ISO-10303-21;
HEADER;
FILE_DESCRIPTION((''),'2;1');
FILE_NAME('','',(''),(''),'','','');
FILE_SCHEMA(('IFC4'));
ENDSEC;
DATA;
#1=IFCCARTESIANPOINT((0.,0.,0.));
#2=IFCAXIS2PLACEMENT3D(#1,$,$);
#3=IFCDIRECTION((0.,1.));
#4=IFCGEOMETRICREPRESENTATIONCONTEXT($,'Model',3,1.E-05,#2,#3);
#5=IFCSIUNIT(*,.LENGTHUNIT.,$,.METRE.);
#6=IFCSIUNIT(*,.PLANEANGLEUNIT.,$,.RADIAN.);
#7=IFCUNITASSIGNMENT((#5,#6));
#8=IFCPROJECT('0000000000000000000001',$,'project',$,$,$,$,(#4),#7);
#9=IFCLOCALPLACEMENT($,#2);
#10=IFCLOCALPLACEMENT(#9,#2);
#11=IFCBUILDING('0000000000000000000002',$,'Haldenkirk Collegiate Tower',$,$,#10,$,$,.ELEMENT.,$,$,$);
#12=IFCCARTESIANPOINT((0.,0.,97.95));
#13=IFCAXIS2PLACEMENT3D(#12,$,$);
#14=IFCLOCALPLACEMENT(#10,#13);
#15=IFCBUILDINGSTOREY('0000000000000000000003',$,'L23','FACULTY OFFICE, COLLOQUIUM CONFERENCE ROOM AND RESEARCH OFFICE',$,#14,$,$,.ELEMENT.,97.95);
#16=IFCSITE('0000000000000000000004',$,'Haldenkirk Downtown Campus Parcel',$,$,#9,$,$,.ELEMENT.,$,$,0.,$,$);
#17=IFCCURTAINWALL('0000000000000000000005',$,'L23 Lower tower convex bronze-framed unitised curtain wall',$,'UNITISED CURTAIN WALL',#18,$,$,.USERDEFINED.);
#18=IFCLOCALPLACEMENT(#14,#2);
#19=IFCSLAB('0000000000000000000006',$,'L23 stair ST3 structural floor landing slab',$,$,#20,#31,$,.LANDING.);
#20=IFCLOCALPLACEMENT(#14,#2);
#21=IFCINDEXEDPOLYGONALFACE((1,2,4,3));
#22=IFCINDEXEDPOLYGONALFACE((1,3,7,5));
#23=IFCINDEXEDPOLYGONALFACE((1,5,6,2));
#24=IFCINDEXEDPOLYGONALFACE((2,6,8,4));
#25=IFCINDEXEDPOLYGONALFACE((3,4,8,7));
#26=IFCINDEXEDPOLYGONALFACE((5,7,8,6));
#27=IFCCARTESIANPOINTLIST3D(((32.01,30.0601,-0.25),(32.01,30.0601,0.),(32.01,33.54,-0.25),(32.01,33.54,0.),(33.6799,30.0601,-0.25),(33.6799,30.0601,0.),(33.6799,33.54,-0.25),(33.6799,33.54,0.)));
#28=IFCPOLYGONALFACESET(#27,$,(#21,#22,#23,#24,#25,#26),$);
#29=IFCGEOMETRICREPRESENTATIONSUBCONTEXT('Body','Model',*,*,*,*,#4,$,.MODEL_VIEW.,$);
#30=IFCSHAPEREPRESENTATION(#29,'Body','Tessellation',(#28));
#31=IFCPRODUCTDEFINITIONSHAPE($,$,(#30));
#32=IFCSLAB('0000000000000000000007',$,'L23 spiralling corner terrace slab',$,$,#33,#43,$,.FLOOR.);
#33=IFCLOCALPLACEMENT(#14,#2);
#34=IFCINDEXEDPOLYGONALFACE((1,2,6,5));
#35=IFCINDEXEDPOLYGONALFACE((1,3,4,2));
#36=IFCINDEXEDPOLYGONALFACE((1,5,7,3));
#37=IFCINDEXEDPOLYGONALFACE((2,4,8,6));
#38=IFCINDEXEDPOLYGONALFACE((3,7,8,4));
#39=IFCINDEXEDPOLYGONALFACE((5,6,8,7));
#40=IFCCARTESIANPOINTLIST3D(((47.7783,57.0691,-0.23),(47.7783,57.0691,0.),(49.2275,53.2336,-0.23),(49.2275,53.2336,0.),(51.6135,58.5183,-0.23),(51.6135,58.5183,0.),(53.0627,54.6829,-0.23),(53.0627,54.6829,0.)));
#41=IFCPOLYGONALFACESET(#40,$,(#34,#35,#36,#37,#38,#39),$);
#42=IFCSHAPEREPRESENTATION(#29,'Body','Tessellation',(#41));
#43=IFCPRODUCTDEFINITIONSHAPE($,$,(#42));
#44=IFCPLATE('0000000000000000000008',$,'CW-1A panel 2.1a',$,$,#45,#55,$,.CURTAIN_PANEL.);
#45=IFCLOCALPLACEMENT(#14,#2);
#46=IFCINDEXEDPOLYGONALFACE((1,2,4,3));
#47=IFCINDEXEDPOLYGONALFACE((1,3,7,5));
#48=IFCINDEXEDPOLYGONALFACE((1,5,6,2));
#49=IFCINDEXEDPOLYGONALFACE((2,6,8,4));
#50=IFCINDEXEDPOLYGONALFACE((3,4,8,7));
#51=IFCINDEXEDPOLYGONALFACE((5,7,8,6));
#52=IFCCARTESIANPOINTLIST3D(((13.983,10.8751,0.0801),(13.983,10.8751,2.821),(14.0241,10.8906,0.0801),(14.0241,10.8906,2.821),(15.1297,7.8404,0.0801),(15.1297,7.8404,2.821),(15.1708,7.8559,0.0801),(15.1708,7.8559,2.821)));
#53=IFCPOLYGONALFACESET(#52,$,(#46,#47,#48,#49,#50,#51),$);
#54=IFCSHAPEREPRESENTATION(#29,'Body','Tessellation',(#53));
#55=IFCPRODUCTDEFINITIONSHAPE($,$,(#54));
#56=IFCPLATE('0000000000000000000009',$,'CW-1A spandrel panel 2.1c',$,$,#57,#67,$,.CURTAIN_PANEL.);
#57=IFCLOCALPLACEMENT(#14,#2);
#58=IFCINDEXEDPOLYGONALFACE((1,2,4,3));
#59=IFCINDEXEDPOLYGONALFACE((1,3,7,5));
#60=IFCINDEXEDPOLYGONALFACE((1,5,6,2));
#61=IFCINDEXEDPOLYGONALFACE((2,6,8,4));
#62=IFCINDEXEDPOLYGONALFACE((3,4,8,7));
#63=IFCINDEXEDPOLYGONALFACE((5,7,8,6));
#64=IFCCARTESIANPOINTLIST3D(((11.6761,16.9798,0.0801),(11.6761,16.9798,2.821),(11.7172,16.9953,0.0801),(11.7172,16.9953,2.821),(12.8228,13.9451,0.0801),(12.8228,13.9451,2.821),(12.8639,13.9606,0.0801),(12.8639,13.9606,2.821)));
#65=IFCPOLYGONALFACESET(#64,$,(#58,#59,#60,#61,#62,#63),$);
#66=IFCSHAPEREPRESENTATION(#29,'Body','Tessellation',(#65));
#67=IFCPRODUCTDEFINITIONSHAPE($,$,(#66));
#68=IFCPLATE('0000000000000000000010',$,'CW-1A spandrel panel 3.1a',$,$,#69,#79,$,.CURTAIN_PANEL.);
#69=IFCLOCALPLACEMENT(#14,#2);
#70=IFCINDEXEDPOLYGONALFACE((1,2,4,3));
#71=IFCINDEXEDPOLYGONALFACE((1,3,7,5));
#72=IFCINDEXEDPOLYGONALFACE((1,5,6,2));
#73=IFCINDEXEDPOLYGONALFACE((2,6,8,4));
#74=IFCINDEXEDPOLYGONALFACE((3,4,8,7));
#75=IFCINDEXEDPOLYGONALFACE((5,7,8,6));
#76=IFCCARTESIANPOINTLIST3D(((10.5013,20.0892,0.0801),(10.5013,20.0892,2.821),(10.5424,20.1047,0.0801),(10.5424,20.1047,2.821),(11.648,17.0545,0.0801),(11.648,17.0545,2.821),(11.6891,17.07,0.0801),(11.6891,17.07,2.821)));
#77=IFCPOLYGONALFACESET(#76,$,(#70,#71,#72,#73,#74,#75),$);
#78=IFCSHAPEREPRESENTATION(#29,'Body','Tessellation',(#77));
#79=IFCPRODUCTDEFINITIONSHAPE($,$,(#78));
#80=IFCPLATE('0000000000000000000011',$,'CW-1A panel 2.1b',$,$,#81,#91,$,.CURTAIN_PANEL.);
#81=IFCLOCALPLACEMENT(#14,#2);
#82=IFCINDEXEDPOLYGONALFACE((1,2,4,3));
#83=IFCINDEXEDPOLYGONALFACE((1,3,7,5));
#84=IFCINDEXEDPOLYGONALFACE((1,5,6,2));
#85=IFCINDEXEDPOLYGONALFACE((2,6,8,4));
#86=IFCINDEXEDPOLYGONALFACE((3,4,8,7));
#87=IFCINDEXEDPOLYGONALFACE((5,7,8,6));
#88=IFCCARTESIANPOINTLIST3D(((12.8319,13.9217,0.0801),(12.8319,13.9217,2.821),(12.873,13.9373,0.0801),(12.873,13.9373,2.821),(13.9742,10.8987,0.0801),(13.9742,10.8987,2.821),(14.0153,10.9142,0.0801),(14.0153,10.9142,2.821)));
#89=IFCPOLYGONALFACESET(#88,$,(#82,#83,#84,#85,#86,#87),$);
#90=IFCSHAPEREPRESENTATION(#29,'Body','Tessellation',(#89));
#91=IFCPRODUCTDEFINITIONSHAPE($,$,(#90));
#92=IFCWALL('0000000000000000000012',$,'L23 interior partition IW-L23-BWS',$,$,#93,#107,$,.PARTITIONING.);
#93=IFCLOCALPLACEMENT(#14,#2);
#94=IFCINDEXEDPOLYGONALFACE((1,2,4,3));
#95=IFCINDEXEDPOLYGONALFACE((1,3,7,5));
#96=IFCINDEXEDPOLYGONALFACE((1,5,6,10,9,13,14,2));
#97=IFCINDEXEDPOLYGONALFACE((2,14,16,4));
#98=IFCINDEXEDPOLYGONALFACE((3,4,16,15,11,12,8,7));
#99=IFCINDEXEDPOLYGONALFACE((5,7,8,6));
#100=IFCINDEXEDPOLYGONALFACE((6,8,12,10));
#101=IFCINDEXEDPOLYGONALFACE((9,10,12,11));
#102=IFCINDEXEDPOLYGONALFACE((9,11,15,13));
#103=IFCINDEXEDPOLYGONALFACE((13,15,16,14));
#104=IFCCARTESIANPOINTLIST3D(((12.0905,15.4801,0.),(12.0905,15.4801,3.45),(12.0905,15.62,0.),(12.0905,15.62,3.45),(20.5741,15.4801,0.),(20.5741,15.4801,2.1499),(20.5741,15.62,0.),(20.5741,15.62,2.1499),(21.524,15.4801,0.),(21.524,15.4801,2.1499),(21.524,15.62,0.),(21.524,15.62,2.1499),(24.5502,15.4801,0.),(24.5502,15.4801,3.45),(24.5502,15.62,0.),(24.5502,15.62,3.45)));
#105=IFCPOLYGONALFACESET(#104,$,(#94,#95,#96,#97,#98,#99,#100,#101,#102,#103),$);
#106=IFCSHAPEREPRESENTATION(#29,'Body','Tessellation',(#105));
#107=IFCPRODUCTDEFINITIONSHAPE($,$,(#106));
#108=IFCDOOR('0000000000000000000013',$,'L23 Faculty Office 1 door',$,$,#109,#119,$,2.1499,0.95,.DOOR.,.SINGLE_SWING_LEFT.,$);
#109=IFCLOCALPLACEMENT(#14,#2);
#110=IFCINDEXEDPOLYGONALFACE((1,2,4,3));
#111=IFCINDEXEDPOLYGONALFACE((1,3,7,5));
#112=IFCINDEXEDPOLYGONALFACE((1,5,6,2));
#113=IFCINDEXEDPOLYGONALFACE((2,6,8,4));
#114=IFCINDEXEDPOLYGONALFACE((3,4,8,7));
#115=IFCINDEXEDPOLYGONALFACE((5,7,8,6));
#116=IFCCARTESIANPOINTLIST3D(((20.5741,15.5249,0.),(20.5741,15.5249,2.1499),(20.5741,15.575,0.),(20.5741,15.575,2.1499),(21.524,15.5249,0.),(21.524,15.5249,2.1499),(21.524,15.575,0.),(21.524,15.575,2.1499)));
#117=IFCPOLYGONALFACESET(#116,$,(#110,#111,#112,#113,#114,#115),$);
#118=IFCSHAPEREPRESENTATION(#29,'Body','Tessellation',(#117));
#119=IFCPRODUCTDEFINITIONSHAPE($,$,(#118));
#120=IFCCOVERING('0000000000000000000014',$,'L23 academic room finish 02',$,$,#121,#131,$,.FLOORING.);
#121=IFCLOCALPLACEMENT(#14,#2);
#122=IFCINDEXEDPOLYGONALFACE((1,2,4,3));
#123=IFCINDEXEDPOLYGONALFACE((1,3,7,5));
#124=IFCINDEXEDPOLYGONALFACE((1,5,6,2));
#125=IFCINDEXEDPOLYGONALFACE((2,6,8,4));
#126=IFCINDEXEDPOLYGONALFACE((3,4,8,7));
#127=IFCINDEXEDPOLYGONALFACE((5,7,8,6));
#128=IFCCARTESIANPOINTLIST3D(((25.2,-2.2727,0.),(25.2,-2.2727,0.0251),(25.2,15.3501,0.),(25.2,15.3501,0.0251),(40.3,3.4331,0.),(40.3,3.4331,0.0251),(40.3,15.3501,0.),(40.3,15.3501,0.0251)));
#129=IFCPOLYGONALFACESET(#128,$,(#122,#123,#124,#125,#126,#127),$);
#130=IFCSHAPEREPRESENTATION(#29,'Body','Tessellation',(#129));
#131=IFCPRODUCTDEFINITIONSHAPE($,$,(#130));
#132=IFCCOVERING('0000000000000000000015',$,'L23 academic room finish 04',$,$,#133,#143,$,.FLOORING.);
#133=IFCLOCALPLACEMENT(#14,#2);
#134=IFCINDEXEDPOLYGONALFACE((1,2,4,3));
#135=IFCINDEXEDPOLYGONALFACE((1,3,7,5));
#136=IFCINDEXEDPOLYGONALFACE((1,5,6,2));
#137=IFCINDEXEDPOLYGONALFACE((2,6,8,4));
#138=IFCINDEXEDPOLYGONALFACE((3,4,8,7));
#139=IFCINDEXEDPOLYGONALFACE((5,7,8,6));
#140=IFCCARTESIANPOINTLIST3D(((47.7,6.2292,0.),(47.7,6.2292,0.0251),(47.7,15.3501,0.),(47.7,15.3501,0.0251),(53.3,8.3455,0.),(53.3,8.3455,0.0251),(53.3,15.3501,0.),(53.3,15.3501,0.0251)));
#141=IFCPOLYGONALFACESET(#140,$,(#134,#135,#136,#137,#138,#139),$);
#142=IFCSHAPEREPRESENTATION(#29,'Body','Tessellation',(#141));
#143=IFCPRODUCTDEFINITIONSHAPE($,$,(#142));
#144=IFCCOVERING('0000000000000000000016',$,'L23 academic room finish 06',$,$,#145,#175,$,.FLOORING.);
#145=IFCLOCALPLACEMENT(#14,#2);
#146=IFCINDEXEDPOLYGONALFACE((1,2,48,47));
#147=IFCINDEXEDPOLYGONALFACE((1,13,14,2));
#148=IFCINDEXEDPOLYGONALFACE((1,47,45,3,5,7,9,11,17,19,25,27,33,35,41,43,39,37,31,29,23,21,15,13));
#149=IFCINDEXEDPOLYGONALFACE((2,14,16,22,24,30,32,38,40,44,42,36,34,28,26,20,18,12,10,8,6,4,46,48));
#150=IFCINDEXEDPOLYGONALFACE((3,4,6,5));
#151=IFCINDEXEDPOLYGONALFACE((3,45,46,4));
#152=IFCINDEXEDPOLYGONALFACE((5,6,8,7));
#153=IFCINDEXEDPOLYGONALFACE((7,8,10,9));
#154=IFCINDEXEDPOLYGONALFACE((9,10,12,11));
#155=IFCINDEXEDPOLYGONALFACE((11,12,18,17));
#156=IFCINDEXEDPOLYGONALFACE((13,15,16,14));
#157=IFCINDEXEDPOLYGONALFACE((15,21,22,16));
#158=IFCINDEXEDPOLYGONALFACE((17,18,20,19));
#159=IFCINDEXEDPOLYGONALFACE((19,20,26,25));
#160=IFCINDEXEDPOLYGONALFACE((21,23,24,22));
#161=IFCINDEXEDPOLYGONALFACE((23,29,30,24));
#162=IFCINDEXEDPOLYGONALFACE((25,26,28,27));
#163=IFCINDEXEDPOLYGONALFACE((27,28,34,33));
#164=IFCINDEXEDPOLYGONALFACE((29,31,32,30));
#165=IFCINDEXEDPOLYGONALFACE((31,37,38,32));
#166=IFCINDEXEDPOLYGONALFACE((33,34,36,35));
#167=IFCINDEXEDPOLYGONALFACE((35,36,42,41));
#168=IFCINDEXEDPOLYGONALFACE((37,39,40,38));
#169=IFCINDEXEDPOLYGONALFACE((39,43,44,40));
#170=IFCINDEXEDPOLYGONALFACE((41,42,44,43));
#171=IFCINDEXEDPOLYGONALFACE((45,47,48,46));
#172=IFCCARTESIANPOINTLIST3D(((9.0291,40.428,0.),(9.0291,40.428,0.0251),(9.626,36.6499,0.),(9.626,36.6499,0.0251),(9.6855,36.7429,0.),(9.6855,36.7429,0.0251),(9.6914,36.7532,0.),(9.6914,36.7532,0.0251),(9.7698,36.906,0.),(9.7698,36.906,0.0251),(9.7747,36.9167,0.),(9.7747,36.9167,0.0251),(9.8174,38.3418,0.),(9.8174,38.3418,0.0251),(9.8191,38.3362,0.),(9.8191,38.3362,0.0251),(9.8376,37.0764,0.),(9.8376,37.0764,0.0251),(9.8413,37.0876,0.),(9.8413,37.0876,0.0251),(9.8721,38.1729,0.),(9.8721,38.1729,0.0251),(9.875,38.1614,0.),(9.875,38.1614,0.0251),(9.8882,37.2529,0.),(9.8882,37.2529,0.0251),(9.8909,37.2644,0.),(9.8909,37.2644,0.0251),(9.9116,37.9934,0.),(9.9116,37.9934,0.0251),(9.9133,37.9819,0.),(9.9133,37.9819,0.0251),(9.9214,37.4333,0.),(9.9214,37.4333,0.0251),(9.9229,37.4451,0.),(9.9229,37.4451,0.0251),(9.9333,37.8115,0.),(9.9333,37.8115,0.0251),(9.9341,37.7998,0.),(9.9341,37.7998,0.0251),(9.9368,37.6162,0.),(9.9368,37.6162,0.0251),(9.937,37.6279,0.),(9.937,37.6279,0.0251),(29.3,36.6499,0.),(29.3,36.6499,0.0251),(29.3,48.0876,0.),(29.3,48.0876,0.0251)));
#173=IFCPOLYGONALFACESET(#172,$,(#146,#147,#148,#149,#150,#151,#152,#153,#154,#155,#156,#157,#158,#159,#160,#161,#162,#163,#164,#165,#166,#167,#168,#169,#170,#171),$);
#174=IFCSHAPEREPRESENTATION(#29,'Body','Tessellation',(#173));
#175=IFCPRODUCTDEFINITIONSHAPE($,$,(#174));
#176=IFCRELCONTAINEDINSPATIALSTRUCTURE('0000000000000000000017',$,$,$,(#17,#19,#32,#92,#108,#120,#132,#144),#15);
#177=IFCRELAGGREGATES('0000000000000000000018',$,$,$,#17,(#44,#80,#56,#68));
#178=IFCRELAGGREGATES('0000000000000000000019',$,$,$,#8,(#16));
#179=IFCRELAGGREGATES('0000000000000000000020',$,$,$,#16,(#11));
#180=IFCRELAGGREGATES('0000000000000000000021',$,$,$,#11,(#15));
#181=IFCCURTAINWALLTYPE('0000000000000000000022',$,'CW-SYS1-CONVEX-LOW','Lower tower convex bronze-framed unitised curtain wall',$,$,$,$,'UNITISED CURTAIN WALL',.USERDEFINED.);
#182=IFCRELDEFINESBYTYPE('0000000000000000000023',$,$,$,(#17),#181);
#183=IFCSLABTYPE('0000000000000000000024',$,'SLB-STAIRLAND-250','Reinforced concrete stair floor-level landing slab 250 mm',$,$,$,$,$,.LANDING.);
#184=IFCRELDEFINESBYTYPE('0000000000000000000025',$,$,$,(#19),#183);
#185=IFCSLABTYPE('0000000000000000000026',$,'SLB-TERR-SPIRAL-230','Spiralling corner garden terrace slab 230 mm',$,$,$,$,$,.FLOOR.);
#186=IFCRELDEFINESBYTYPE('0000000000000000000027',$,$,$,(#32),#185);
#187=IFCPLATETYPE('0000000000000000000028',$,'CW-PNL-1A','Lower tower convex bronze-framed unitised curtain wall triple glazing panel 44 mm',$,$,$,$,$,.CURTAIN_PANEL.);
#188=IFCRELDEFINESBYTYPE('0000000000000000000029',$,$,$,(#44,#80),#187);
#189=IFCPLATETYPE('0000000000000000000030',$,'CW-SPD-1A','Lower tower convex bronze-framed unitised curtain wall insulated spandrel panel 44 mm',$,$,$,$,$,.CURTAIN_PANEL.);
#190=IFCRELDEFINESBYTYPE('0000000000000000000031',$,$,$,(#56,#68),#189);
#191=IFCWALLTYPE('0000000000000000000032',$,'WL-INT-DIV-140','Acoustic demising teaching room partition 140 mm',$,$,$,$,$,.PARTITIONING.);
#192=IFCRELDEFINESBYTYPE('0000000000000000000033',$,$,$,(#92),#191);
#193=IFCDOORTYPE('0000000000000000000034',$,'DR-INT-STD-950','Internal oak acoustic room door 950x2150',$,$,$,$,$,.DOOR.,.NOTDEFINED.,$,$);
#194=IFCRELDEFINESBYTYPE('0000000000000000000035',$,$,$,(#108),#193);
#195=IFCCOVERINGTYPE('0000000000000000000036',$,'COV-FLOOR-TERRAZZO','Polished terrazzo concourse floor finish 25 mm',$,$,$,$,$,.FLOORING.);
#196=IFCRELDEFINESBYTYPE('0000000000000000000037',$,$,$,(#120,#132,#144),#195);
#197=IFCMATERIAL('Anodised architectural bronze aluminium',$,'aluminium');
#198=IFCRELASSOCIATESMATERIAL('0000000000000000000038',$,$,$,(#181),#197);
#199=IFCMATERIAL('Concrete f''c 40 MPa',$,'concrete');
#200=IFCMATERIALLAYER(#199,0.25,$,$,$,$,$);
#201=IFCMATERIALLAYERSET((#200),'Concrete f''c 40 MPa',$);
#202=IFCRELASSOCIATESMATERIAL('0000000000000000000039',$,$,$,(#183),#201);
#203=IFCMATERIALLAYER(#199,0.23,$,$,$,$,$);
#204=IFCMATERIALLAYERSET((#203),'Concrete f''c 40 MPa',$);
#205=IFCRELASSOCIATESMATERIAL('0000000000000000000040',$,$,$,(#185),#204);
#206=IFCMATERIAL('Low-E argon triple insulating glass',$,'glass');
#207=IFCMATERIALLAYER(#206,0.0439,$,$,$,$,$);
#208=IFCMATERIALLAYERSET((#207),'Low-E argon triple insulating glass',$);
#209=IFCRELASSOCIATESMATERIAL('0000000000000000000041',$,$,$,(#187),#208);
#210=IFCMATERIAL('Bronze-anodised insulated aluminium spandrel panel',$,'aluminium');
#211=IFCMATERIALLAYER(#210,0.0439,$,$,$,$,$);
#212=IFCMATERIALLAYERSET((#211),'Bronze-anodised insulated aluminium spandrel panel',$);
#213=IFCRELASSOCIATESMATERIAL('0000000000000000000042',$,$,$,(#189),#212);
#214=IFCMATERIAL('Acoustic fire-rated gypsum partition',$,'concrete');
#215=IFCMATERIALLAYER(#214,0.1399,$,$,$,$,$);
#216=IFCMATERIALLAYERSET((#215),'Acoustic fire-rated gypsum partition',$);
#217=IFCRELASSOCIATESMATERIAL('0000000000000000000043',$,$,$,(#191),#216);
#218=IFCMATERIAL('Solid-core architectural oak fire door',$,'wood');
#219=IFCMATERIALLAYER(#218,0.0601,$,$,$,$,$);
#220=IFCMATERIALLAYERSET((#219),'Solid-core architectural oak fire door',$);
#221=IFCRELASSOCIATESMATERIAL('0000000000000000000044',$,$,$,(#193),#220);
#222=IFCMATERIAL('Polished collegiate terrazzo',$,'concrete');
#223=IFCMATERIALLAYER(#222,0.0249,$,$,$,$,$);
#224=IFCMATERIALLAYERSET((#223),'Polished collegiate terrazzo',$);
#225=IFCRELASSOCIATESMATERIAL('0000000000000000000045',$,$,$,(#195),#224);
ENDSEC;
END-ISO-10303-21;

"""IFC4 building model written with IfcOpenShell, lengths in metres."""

from ifc_helpers import new_model, si_unit, direction, frame, frame_2d, origin, origin_2d, place, context, subcontext, project, spatial, polyline, rectangle, outline, extrude, source, transform, mapped, material, layer, layer_set, type_object, element, fill, aggregate, save


model = new_model("IFC4")

# Units and contexts
model_context = context("Model", 3, precision=1e-05, world=origin(), true_north=direction((0.0, 1.0)))
body_context = subcontext(model_context, "Body", "Model", "MODEL_VIEW")
ifc_project = project(units=[si_unit("LENGTHUNIT", "METRE"), si_unit("PLANEANGLEUNIT", "RADIAN")], contexts=[model_context])

# Site, building, storey
site_placement = place(None, origin())
site = spatial("IfcSite", under=ifc_project, at=site_placement, Name="Haldenkirk Downtown Campus Parcel", CompositionType="ELEMENT", RefElevation=0.0)
building_placement = place(site_placement, origin())
building = spatial("IfcBuilding", under=site, at=building_placement, Name="Haldenkirk Collegiate Tower", CompositionType="ELEMENT")
storey_placement = place(building_placement, frame((0.0, 0.0, 97.95)))
storey = spatial("IfcBuildingStorey", under=building, at=storey_placement, Name="L23", Description="FACULTY OFFICE, COLLOQUIUM CONFERENCE ROOM AND RESEARCH OFFICE", CompositionType="ELEMENT", Elevation=97.95)

# Curtain wall
ifc_material_1 = material(Name="Anodised architectural bronze aluminium", Category="aluminium")
curtain_wall_type = type_object("IfcCurtainWallType", Name="CW-SYS1-CONVEX-LOW", Description="Lower tower convex bronze-framed unitised curtain wall", ElementType="UNITISED CURTAIN WALL", PredefinedType="USERDEFINED", material=ifc_material_1)
curtain_wall_placement = place(storey_placement, origin())
curtain_wall = element("IfcCurtainWall", 1, at=curtain_wall_placement, inside=storey, type_object=curtain_wall_type, Name="L23 Lower tower convex bronze-framed unitised curtain wall", ObjectType="UNITISED CURTAIN WALL", PredefinedType="USERDEFINED")

# Shared definitions
ifc_material_2 = material(Name="Concrete f'c 40 MPa", Category="concrete")

# Slabs
ifc_layer_1 = layer(ifc_material_2, 0.25)
ifc_layer_set_1 = layer_set([ifc_layer_1], Name="Concrete f'c 40 MPa")
slab_type_1 = type_object("IfcSlabType", Name="SLB-STAIRLAND-250", Description="Reinforced concrete stair floor-level landing slab 250 mm", PredefinedType="LANDING", material=ifc_layer_set_1)
slab_1_placement = place(storey_placement, frame((0.0, 0.0, -0.25)))
element("IfcSlab", 2, at=slab_1_placement, inside=storey, type_object=slab_type_1, Name="L23 stair ST3 structural floor landing slab", PredefinedType="LANDING", context=body_context, shape_type="SweptSolid", body=[
    extrude(outline(polyline([(32.01, 30.0601), (33.6799, 30.0601), (33.6799, 33.54), (32.01, 33.54), (32.01, 30.0601)])), origin(), (0.0, 0.0, 1.0), 0.25),
])
ifc_layer_2 = layer(ifc_material_2, 0.23)
ifc_layer_set_2 = layer_set([ifc_layer_2], Name="Concrete f'c 40 MPa")
slab_type_2 = type_object("IfcSlabType", Name="SLB-TERR-SPIRAL-230", Description="Spiralling corner garden terrace slab 230 mm", PredefinedType="FLOOR", material=ifc_layer_set_2)
slab_2_placement = place(storey_placement, frame((0.0, 0.0, -0.23)))
element("IfcSlab", 3, at=slab_2_placement, inside=storey, type_object=slab_type_2, Name="L23 spiralling corner terrace slab", PredefinedType="FLOOR", context=body_context, shape_type="SweptSolid", body=[
    extrude(outline(polyline([(49.2275, 53.2336), (53.0627, 54.6829), (51.6135, 58.5183), (47.7783, 57.0691), (49.2275, 53.2336)])), origin(), (0.0, 0.0, 1.0), 0.23),
])

# Plates
ifc_material_3 = material(Name="Low-E argon triple insulating glass", Category="glass")
ifc_layer_3 = layer(ifc_material_3, 0.0439)
ifc_layer_set_3 = layer_set([ifc_layer_3], Name="Low-E argon triple insulating glass")
plate_type_1 = type_object("IfcPlateType", Name="CW-PNL-1A", Description="Lower tower convex bronze-framed unitised curtain wall triple glazing panel 44 mm", PredefinedType="CURTAIN_PANEL", material=ifc_layer_set_3)
shared_shape_1 = source(origin(), body_context, "Body", "SweptSolid", [
    extrude(rectangle(XDim=3.2441, YDim=0.0439, at=origin_2d()), origin(), (0.0, 0.0, 1.0), 2.741),
])
plate_1_placement = place(storey_placement, frame((14.5769, 9.3655, 0.0801), z_axis=(0.0, 0.0, 1.0), x_axis=(-0.353477, 0.935443, 0.0)))
plate_1 = element("IfcPlate", 4, at=plate_1_placement, type_object=plate_type_1, Name="CW-1A panel 2.1a", PredefinedType="CURTAIN_PANEL", context=body_context, shape_type="MappedRepresentation", body=[
    mapped(shared_shape_1, transform((0.0, 0.0, 0.0), x_axis=(1.0, 0.0, 0.0), y_axis=(0.0, 1.0, 0.0), z_axis=(0.0, 0.0, 1.0), scale=1.0)),
])
ifc_material_4 = material(Name="Bronze-anodised insulated aluminium spandrel panel", Category="aluminium")
ifc_layer_4 = layer(ifc_material_4, 0.0439)
ifc_layer_set_4 = layer_set([ifc_layer_4], Name="Bronze-anodised insulated aluminium spandrel panel")
plate_type_2 = type_object("IfcPlateType", Name="CW-SPD-1A", Description="Lower tower convex bronze-framed unitised curtain wall insulated spandrel panel 44 mm", PredefinedType="CURTAIN_PANEL", material=ifc_layer_set_4)
plate_2_placement = place(storey_placement, frame((12.27, 15.4702, 0.0801), z_axis=(0.0, 0.0, 1.0), x_axis=(-0.353477, 0.935443, 0.0)))
plate_2 = element("IfcPlate", 5, at=plate_2_placement, type_object=plate_type_2, Name="CW-1A spandrel panel 2.1c", PredefinedType="CURTAIN_PANEL", context=body_context, shape_type="MappedRepresentation", body=[
    mapped(shared_shape_1, transform((0.0, 0.0, 0.0), x_axis=(1.0, 0.0, 0.0), y_axis=(0.0, 1.0, 0.0), z_axis=(0.0, 0.0, 1.0), scale=1.0)),
])
plate_3_placement = place(storey_placement, frame((11.0952, 18.5796, 0.0801), z_axis=(0.0, 0.0, 1.0), x_axis=(-0.353477, 0.935443, 0.0)))
plate_3 = element("IfcPlate", 6, at=plate_3_placement, type_object=plate_type_2, Name="CW-1A spandrel panel 3.1a", PredefinedType="CURTAIN_PANEL", context=body_context, shape_type="MappedRepresentation", body=[
    mapped(shared_shape_1, transform((0.0, 0.0, 0.0), x_axis=(1.0, 0.0, 0.0), y_axis=(0.0, 1.0, 0.0), z_axis=(0.0, 0.0, 1.0), scale=1.0)),
])
shared_shape_2 = source(origin(), body_context, "Body", "SweptSolid", [
    extrude(rectangle(XDim=3.2317, YDim=0.0439, at=origin_2d()), origin(), (0.0, 0.0, 1.0), 2.741),
])
plate_4_placement = place(storey_placement, frame((13.4236, 12.418, 0.0801), z_axis=(0.0, 0.0, 1.0), x_axis=(-0.353477, 0.935443, 0.0)))
plate_4 = element("IfcPlate", 7, at=plate_4_placement, type_object=plate_type_1, Name="CW-1A panel 2.1b", PredefinedType="CURTAIN_PANEL", context=body_context, shape_type="MappedRepresentation", body=[
    mapped(shared_shape_2, transform((0.0, 0.0, 0.0), x_axis=(1.0, 0.0, 0.0), y_axis=(0.0, 1.0, 0.0), z_axis=(0.0, 0.0, 1.0), scale=1.0)),
])
aggregate(curtain_wall, [plate_1, plate_4, plate_2, plate_3])

# Wall, opening, door
ifc_material_5 = material(Name="Acoustic fire-rated gypsum partition", Category="concrete")
ifc_layer_5 = layer(ifc_material_5, 0.1399)
ifc_layer_set_5 = layer_set([ifc_layer_5], Name="Acoustic fire-rated gypsum partition")
wall_type = type_object("IfcWallType", Name="WL-INT-DIV-140", Description="Acoustic demising teaching room partition 140 mm", PredefinedType="PARTITIONING", material=ifc_layer_set_5)
wall_placement = place(storey_placement, frame((12.0903, 15.55, 0.0), z_axis=(0.0, 0.0, 1.0), x_axis=(1.0, 0.0, 0.0)))
wall = element("IfcWall", 8, at=wall_placement, inside=storey, type_object=wall_type, Name="L23 interior partition IW-L23-BWS", PredefinedType="PARTITIONING", context=body_context, shape_type="SweptSolid", body=[
    extrude(rectangle(XDim=12.4597, YDim=0.1399, at=frame_2d((6.23, 0.0))), origin(), (0.0, 0.0, 1.0), 3.45),
])
opening_placement = place(wall_placement, frame((8.4836, 0.0, 0.0)))
opening = element("IfcOpeningElement", 9, at=opening_placement, cuts=wall, PredefinedType="OPENING", context=body_context, shape_type="SweptSolid", body=[
    extrude(rectangle(XDim=0.95, YDim=2.1499, at=frame_2d((0.4751, 1.075))), frame((0.0, 0.0798, 0.0), z_axis=(0.0, -1.0, 0.0), x_axis=(1.0, 0.0, 0.0)), (0.0, 0.0, 1.0), 0.1599),
])
ifc_material_6 = material(Name="Solid-core architectural oak fire door", Category="wood")
ifc_layer_6 = layer(ifc_material_6, 0.0601)
ifc_layer_set_6 = layer_set([ifc_layer_6], Name="Solid-core architectural oak fire door")
door_type = type_object("IfcDoorType", Name="DR-INT-STD-950", Description="Internal oak acoustic room door 950x2150", OperationType="NOTDEFINED", PredefinedType="DOOR", material=ifc_layer_set_6)
door_placement = place(opening_placement, origin())
door = element("IfcDoor", 10, at=door_placement, inside=storey, type_object=door_type, Name="L23 Faculty Office 1 door", OperationType="SINGLE_SWING_LEFT", OverallHeight=2.1499, OverallWidth=0.95, PredefinedType="DOOR", context=body_context, shape_type="SweptSolid", body=[
    extrude(rectangle(XDim=0.95, YDim=2.1499, at=frame_2d((0.4751, 1.075))), frame((0.0, 0.0249, 0.0), z_axis=(0.0, -1.0, 0.0), x_axis=(1.0, 0.0, 0.0)), (0.0, 0.0, 1.0), 0.05),
])
fill(opening, door)

# Coverings
ifc_material_7 = material(Name="Polished collegiate terrazzo", Category="concrete")
ifc_layer_7 = layer(ifc_material_7, 0.0249)
ifc_layer_set_7 = layer_set([ifc_layer_7], Name="Polished collegiate terrazzo")
covering_type_1 = type_object("IfcCoveringType", Name="COV-FLOOR-TERRAZZO", Description="Polished terrazzo concourse floor finish 25 mm", PredefinedType="FLOORING", material=ifc_layer_set_7)
covering_1_placement = place(storey_placement, origin())
element("IfcCovering", 11, at=covering_1_placement, inside=storey, type_object=covering_type_1, Name="L23 academic room finish 02", PredefinedType="FLOORING", context=body_context, shape_type="SweptSolid", body=[
    extrude(outline(polyline([(25.2, -2.2727), (25.2, 15.3501), (40.3, 15.3501), (40.3, 3.4331), (25.2, -2.2727)])), origin(), (0.0, 0.0, 1.0), 0.0251),
])
covering_2_placement = place(storey_placement, origin())
element("IfcCovering", 12, at=covering_2_placement, inside=storey, type_object=covering_type_1, Name="L23 academic room finish 04", PredefinedType="FLOORING", context=body_context, shape_type="SweptSolid", body=[
    extrude(outline(polyline([(47.7, 6.2292), (47.7, 15.3501), (53.3, 15.3501), (53.3, 8.3455), (47.7, 6.2292)])), origin(), (0.0, 0.0, 1.0), 0.0251),
])
covering_3_placement = place(storey_placement, origin())
element("IfcCovering", 13, at=covering_3_placement, inside=storey, type_object=covering_type_1, Name="L23 academic room finish 06", PredefinedType="FLOORING", context=body_context, shape_type="SweptSolid", body=[
    extrude(outline(polyline([(9.626, 36.6499), (9.6855, 36.7429), (9.6914, 36.7532), (9.7698, 36.906), (9.7747, 36.9167), (9.8376, 37.0764), (9.8413, 37.0876), (9.8882, 37.2529), (9.8909, 37.2644), (9.9214, 37.4333), (9.9229, 37.4451), (9.9368, 37.6162), (9.937, 37.6279), (9.9341, 37.7998), (9.9333, 37.8115), (9.9133, 37.9819), (9.9116, 37.9934), (9.875, 38.1614), (9.8721, 38.1729), (9.8191, 38.3362), (9.8174, 38.3418), (9.0291, 40.428), (29.3, 48.0876), (29.3, 36.6499), (9.626, 36.6499)])), origin(), (0.0, 0.0, 1.0), 0.0251),
])

save(model, "model.ifc")
